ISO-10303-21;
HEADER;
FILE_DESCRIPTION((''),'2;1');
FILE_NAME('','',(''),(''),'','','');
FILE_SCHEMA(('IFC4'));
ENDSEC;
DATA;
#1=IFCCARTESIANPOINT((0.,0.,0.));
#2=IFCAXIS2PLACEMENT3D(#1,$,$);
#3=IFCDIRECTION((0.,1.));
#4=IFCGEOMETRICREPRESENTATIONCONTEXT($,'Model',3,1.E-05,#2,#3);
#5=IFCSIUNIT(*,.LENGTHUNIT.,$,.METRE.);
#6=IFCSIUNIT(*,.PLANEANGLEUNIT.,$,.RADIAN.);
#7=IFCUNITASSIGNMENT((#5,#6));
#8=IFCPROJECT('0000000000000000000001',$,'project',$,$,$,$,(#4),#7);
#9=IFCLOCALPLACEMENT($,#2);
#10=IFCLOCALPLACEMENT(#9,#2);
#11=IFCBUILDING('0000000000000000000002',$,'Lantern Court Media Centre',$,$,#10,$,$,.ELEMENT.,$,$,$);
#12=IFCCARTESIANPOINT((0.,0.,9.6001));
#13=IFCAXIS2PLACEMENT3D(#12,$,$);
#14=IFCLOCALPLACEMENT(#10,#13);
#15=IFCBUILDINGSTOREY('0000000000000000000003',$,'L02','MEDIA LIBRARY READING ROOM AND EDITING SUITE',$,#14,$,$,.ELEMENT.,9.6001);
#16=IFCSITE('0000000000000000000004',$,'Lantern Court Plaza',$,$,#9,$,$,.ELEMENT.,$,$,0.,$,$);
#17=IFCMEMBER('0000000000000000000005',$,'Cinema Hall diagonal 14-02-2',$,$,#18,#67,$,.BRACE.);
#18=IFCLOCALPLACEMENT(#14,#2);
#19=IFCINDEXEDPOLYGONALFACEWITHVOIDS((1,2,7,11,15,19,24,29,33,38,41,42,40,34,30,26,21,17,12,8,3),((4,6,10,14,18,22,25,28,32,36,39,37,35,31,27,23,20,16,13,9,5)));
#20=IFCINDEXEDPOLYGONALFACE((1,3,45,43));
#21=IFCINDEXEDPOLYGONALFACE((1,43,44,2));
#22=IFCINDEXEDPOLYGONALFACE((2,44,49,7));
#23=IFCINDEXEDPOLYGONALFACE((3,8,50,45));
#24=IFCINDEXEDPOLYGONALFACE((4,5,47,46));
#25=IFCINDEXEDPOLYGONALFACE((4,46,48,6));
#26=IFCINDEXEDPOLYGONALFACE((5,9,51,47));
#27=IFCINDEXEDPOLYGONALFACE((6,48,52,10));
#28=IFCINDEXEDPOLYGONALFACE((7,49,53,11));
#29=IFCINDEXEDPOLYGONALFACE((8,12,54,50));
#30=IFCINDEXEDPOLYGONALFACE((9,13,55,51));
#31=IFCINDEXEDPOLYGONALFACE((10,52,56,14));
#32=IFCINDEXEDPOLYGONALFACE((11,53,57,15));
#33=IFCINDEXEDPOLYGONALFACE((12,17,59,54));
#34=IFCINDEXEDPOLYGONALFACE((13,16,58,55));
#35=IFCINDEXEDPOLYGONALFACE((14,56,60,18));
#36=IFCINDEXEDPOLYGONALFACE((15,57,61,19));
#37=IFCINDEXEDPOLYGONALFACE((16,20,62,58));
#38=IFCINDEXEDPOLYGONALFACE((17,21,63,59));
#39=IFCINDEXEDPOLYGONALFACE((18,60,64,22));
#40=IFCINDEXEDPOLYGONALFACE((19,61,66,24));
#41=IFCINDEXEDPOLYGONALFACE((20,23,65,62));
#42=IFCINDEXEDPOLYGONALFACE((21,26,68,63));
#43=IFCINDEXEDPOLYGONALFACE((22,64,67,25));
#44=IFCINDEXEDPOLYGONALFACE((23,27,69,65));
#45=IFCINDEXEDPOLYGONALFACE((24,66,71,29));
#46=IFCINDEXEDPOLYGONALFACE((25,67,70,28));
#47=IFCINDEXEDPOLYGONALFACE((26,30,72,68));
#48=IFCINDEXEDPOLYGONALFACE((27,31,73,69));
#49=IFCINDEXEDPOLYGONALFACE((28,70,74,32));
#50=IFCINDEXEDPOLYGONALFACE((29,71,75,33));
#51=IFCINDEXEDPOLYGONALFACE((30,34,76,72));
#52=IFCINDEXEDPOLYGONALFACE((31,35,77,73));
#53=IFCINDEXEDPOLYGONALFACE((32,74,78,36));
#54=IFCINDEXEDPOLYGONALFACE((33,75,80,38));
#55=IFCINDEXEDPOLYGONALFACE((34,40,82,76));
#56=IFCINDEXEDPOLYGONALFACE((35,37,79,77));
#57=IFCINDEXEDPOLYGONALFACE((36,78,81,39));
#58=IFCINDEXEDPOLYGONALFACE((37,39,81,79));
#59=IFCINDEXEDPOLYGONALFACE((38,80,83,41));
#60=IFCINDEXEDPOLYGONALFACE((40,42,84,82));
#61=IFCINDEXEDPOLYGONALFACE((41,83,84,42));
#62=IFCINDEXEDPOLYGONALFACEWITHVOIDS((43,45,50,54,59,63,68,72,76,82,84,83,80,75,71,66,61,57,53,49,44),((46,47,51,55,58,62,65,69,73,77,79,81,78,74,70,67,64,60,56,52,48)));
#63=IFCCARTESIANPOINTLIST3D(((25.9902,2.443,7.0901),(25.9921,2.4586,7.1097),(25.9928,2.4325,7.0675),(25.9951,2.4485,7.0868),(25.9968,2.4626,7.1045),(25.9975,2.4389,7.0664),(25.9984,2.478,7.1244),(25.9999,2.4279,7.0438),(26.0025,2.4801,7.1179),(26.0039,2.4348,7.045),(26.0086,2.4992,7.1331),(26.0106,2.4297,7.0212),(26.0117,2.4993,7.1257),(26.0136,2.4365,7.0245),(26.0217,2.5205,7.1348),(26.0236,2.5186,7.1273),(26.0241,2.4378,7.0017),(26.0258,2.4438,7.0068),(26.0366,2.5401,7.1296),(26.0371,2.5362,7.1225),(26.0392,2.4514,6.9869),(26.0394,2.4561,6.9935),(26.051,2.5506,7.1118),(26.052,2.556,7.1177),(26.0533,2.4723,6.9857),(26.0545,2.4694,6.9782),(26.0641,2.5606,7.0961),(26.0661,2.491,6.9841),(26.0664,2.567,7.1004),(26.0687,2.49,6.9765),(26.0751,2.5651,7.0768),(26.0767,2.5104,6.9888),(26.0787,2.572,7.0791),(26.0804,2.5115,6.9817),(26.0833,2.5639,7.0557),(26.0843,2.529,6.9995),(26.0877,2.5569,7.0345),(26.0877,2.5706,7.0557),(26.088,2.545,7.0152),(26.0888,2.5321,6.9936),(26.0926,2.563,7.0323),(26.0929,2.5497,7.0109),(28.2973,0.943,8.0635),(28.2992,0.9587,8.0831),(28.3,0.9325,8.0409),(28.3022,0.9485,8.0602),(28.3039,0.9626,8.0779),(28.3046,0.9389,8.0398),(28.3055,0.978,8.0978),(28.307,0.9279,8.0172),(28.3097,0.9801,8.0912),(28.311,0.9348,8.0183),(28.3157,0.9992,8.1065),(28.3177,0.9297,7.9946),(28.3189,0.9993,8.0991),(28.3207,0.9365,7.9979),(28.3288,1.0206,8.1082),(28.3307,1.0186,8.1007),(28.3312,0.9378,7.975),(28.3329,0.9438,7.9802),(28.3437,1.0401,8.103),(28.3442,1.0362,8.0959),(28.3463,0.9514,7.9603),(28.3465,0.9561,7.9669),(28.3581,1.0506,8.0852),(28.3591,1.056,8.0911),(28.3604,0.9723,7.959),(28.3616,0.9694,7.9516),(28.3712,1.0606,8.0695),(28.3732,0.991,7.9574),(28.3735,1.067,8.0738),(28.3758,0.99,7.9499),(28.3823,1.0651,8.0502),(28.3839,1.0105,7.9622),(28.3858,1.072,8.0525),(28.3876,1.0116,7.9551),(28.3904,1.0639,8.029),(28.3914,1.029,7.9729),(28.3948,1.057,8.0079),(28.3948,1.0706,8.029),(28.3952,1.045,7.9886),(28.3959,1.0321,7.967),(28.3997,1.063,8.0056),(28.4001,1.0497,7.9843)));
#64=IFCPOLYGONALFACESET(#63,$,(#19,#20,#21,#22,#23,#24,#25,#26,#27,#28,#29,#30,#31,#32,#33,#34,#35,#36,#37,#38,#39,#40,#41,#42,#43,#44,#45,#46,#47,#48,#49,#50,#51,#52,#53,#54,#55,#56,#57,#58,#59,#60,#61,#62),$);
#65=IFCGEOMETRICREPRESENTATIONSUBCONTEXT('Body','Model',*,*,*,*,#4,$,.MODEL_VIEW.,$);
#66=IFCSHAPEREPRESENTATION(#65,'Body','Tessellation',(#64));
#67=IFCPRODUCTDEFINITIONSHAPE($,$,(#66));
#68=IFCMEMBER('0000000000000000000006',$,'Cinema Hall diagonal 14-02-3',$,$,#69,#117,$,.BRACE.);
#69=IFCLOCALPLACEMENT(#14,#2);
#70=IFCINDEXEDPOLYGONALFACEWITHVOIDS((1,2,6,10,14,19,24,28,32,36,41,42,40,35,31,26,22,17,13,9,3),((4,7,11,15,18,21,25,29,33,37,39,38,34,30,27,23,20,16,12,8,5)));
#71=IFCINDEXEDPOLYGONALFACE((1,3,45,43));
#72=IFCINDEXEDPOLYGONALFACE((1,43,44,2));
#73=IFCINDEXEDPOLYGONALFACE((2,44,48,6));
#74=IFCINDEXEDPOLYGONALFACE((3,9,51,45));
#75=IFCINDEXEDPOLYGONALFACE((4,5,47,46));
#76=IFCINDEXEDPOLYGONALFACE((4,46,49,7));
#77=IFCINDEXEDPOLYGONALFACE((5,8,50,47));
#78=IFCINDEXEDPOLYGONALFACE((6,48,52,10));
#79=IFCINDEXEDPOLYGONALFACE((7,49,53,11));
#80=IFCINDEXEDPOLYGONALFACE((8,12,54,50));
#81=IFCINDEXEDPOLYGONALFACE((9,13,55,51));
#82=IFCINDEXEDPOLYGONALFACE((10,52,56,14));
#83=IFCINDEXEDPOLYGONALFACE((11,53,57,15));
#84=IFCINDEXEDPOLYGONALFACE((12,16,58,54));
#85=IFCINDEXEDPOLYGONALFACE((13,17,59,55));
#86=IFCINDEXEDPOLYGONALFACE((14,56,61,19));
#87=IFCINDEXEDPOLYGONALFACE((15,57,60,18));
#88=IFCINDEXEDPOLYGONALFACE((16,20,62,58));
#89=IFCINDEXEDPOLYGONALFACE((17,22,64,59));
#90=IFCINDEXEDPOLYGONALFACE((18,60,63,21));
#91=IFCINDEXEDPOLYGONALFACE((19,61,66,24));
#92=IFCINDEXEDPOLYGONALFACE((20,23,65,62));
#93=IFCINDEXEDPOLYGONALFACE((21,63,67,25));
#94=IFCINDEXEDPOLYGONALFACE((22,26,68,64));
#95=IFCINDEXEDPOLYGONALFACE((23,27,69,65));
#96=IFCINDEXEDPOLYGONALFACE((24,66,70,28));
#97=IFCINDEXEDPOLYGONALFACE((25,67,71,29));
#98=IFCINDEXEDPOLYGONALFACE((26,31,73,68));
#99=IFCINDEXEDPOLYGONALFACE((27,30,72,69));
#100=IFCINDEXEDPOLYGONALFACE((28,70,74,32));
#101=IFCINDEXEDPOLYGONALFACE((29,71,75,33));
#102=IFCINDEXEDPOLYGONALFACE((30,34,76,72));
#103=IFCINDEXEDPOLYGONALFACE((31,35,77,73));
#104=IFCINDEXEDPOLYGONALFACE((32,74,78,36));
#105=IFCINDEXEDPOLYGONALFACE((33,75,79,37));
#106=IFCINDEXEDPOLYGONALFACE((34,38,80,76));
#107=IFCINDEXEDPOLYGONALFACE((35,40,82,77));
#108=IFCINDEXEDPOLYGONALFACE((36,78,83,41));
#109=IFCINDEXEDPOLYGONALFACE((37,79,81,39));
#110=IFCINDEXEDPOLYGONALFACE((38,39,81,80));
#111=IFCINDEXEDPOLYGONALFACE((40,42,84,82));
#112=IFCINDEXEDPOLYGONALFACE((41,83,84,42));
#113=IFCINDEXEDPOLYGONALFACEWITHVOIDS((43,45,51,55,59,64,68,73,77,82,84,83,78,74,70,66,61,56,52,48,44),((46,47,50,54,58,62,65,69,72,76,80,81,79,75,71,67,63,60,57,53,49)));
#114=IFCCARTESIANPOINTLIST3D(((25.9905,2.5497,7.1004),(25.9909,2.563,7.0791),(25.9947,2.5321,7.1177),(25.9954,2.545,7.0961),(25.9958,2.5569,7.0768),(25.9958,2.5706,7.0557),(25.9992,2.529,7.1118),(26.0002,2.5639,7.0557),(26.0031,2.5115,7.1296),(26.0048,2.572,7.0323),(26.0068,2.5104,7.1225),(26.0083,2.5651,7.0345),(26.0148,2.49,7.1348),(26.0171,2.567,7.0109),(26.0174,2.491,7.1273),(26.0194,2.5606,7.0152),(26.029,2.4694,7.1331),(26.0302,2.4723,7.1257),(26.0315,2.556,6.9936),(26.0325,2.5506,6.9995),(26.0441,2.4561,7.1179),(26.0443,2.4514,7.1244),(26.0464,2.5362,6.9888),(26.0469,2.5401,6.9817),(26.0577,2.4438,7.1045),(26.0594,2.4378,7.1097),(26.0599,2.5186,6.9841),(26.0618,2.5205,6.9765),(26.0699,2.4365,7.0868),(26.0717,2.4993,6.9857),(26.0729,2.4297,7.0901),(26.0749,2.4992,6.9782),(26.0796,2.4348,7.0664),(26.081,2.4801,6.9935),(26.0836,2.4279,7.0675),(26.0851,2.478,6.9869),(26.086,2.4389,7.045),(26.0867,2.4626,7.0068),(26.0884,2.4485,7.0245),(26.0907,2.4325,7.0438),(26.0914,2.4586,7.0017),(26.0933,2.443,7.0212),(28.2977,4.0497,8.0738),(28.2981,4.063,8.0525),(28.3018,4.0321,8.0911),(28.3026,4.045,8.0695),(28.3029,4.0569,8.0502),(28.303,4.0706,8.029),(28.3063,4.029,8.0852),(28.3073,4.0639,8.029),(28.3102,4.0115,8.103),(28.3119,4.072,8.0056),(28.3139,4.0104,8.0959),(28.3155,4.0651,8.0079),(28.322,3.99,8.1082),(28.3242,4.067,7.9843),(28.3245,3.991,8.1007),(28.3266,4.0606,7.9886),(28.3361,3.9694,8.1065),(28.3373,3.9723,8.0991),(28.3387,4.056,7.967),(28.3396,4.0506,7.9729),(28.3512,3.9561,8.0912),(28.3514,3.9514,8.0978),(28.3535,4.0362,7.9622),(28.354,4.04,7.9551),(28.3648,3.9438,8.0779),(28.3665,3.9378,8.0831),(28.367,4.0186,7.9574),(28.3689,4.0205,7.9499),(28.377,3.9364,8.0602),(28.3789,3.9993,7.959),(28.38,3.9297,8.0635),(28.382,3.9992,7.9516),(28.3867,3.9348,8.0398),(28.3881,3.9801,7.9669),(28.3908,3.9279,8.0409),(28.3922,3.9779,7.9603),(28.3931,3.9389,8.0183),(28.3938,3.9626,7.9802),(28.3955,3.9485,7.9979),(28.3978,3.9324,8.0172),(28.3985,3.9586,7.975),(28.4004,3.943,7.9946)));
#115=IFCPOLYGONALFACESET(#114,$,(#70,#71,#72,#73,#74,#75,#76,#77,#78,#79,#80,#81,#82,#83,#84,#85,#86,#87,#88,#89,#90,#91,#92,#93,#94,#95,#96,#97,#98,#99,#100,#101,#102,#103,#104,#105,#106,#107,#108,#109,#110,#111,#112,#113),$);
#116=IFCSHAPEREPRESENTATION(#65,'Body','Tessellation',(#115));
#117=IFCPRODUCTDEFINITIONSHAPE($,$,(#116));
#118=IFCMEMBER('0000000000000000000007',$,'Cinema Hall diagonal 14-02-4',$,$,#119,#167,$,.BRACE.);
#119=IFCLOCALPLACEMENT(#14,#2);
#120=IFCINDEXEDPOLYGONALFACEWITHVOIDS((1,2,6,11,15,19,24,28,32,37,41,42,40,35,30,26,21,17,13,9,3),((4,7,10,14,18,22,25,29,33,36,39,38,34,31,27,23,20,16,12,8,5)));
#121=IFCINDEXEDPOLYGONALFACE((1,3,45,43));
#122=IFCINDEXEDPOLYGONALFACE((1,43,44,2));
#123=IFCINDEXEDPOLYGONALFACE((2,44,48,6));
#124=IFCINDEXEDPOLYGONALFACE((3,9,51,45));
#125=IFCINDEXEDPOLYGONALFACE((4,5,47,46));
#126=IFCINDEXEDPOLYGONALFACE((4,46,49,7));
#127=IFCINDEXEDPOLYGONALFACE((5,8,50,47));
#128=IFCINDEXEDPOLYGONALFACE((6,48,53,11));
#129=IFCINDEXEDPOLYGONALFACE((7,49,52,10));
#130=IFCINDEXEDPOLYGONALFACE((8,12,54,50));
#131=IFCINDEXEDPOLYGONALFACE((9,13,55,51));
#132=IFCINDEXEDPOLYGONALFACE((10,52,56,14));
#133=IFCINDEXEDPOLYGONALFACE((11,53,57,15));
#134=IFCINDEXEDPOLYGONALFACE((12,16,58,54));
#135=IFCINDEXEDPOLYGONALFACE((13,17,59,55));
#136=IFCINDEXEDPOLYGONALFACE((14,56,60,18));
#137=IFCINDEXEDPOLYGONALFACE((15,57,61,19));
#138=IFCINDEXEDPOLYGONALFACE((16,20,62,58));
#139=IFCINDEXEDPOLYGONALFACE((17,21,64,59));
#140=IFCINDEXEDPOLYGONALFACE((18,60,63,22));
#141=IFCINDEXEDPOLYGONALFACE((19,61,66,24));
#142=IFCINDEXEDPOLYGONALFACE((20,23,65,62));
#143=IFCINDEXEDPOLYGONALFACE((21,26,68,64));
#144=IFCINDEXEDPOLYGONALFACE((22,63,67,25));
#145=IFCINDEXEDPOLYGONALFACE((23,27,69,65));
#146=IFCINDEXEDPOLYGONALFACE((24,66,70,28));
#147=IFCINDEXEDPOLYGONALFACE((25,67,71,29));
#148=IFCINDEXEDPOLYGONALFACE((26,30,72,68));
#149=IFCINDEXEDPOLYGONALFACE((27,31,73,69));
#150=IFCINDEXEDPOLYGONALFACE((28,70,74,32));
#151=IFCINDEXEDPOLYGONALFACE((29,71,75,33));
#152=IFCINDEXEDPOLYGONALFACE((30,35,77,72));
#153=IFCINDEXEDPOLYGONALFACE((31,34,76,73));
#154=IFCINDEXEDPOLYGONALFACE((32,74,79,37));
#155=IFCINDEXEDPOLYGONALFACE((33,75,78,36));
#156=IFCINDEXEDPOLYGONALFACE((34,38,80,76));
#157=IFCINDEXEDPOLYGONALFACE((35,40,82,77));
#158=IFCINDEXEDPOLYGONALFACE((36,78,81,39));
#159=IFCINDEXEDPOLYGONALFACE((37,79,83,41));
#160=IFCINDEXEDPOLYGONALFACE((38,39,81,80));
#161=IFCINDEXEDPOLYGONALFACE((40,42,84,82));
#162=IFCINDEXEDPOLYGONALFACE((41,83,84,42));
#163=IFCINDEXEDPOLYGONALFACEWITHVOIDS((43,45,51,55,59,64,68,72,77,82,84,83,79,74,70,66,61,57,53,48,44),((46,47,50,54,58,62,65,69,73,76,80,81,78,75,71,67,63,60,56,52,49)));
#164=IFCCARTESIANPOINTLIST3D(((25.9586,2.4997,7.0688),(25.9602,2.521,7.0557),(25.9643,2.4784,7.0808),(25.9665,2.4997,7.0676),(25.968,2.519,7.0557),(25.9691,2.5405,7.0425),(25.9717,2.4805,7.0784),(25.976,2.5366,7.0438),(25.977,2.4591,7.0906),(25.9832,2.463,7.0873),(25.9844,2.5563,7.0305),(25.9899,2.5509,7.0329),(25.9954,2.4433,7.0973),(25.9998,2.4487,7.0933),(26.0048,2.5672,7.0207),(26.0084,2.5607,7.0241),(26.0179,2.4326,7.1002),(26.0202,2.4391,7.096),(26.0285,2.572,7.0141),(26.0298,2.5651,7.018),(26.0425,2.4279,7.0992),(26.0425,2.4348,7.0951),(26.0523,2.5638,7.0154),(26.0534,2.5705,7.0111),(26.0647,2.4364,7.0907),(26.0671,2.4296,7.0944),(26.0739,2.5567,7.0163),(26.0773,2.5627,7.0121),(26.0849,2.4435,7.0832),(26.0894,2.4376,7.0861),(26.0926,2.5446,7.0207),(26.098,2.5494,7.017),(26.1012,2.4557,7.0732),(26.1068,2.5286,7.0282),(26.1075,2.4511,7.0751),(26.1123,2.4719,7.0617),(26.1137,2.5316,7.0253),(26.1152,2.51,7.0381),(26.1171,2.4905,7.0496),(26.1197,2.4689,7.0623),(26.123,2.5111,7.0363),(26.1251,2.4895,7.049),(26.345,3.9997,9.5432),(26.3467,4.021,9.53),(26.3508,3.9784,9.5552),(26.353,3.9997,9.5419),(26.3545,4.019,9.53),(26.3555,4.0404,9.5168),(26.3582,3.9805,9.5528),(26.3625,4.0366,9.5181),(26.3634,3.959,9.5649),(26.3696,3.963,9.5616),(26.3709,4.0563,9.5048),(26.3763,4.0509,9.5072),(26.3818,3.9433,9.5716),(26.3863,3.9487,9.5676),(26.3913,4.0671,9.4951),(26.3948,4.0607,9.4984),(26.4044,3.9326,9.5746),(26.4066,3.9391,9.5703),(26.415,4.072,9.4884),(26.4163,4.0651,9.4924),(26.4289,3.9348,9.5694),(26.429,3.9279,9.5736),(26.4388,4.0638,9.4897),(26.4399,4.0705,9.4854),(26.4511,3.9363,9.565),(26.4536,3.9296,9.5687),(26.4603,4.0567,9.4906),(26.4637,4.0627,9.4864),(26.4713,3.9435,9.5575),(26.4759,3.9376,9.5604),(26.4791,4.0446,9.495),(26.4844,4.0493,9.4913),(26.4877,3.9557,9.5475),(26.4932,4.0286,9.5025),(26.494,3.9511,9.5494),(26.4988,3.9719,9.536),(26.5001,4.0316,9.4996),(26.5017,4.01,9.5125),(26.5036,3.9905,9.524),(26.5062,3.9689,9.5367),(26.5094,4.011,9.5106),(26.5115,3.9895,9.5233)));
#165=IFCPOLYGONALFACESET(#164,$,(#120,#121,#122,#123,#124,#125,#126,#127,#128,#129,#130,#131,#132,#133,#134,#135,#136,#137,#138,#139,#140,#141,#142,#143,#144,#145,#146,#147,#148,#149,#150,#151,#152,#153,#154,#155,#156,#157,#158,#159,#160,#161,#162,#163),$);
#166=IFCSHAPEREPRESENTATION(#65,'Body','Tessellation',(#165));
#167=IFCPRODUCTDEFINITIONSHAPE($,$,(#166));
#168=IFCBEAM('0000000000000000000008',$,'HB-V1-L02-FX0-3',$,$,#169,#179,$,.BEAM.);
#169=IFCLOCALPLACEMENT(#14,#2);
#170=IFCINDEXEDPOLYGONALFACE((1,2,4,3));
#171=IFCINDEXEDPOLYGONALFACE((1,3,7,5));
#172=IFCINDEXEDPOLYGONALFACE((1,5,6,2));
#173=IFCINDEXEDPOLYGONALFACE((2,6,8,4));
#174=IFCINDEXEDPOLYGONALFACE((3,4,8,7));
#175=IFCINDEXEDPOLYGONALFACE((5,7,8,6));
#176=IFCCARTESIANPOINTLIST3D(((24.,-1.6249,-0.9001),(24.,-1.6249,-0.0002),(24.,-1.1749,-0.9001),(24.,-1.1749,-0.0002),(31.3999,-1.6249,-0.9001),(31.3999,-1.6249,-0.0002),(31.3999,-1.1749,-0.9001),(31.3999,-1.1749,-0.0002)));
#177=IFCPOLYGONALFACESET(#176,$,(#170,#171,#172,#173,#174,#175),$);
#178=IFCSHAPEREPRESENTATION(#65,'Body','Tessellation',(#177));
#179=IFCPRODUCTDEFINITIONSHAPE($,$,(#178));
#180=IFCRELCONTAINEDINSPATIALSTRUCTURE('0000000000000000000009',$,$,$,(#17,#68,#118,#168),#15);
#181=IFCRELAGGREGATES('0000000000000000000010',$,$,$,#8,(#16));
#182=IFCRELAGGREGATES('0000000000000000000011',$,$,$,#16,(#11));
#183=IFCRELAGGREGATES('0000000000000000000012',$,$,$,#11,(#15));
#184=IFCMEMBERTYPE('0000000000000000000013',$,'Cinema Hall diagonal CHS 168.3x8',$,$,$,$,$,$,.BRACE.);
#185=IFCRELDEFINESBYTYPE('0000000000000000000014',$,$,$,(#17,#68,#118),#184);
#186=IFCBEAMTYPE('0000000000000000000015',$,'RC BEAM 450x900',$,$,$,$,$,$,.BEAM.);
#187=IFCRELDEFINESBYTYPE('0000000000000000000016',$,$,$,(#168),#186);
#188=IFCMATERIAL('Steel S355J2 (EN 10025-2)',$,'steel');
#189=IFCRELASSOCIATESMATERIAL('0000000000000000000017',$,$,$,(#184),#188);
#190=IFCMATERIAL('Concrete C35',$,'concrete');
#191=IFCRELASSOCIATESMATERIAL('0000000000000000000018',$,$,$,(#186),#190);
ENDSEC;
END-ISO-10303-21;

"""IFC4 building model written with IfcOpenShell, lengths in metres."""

from ifc_helpers import new_model, si_unit, direction, frame, origin, origin_2d, place, context, subcontext, project, spatial, rectangle, hollow_circle, extrude, material, material_profile, profile_set, type_object, element, save


model = new_model("IFC4")

# Units and contexts
model_context = context("Model", 3, precision=1e-05, world=origin(), true_north=direction((0.0, 1.0)))
body_context = subcontext(model_context, "Body", "Model", "MODEL_VIEW")
ifc_project = project(units=[si_unit("LENGTHUNIT", "METRE"), si_unit("PLANEANGLEUNIT", "RADIAN")], contexts=[model_context])

# Site, building, storey
site_placement = place(None, origin())
site = spatial("IfcSite", under=ifc_project, at=site_placement, Name="Lantern Court Plaza", CompositionType="ELEMENT", RefElevation=0.0)
building_placement = place(site_placement, origin())
building = spatial("IfcBuilding", under=site, at=building_placement, Name="Lantern Court Media Centre", CompositionType="ELEMENT")
storey_placement = place(building_placement, frame((0.0, 0.0, 9.6001)))
storey = spatial("IfcBuildingStorey", under=building, at=storey_placement, Name="L02", Description="MEDIA LIBRARY READING ROOM AND EDITING SUITE", CompositionType="ELEMENT", Elevation=9.6001)

# Shared definitions
ifc_material_1 = material(Name="Concrete C35", Category="concrete")

# Members
ifc_material_2 = material(Name="Steel S355J2 (EN 10025-2)", Category="steel")
ifc_material_profile_1 = material_profile(ifc_material_2, hollow_circle(Radius=0.0842, WallThickness=0.0081, at=origin_2d()), Name="Cinema Hall diagonal CHS 168.3x8")
ifc_profile_set_1 = profile_set([ifc_material_profile_1], Name="Steel S355J2 (EN 10025-2)")
member_type_1 = type_object("IfcMemberType", Name="Cinema Hall diagonal CHS 168.3x8", PredefinedType="BRACE", material=ifc_profile_set_1)
for number, where, z_axis, x_axis, name in (
    (1, (26.0417, 2.5, 7.0557), (0.790394, -0.513882, 0.333471), (0.545082, 0.838383, 0.0), "Cinema Hall diagonal 14-02-2"),
    (2, (26.0417, 2.5, 7.0557), (0.790394, 0.513882, 0.333471), (-0.545082, 0.838383, 0.0), "Cinema Hall diagonal 14-02-3"),
):
    element("IfcMember", number, at=place(storey_placement, frame(where, z_axis=z_axis, x_axis=x_axis)), inside=storey, type_object=member_type_1, Name=name, PredefinedType="BRACE", context=body_context, shape_type="SweptSolid", body=[
        extrude(hollow_circle(Radius=0.0842, WallThickness=0.0081, at=origin_2d()), origin(), (0.0, 0.0, 1.0), 2.9189),
    ])
member_1_placement = place(storey_placement, frame((26.0417, 2.5, 7.0557), z_axis=(0.13239, 0.513836, 0.847612), x_axis=(-0.968374, 0.249501, 0.0)))
element("IfcMember", 3, at=member_1_placement, inside=storey, type_object=member_type_1, Name="Cinema Hall diagonal 14-02-4", PredefinedType="BRACE", context=body_context, shape_type="SweptSolid", body=[
    extrude(hollow_circle(Radius=0.0842, WallThickness=0.0081, at=origin_2d()), origin(), (0.0, 0.0, 1.0), 2.9192),
])

# Beam
ifc_material_profile_2 = material_profile(ifc_material_1, rectangle(XDim=0.45, YDim=0.8999, at=origin_2d()), Name="RC 450x900")
ifc_profile_set_2 = profile_set([ifc_material_profile_2], Name="Concrete C35")
beam_type = type_object("IfcBeamType", Name="RC BEAM 450x900", PredefinedType="BEAM", material=ifc_profile_set_2)
beam_placement = place(storey_placement, frame((24.0, -1.3999, -0.4502), z_axis=(1.0, 0.0, 0.0), x_axis=(0.0, 1.0, 0.0)))
element("IfcBeam", 4, at=beam_placement, inside=storey, type_object=beam_type, Name="HB-V1-L02-FX0-3", PredefinedType="BEAM", context=body_context, shape_type="SweptSolid", body=[
    extrude(rectangle(XDim=0.45, YDim=0.8999, at=origin_2d()), origin(), (0.0, 0.0, 1.0), 7.3999),
])

save(model, "model.ifc")
